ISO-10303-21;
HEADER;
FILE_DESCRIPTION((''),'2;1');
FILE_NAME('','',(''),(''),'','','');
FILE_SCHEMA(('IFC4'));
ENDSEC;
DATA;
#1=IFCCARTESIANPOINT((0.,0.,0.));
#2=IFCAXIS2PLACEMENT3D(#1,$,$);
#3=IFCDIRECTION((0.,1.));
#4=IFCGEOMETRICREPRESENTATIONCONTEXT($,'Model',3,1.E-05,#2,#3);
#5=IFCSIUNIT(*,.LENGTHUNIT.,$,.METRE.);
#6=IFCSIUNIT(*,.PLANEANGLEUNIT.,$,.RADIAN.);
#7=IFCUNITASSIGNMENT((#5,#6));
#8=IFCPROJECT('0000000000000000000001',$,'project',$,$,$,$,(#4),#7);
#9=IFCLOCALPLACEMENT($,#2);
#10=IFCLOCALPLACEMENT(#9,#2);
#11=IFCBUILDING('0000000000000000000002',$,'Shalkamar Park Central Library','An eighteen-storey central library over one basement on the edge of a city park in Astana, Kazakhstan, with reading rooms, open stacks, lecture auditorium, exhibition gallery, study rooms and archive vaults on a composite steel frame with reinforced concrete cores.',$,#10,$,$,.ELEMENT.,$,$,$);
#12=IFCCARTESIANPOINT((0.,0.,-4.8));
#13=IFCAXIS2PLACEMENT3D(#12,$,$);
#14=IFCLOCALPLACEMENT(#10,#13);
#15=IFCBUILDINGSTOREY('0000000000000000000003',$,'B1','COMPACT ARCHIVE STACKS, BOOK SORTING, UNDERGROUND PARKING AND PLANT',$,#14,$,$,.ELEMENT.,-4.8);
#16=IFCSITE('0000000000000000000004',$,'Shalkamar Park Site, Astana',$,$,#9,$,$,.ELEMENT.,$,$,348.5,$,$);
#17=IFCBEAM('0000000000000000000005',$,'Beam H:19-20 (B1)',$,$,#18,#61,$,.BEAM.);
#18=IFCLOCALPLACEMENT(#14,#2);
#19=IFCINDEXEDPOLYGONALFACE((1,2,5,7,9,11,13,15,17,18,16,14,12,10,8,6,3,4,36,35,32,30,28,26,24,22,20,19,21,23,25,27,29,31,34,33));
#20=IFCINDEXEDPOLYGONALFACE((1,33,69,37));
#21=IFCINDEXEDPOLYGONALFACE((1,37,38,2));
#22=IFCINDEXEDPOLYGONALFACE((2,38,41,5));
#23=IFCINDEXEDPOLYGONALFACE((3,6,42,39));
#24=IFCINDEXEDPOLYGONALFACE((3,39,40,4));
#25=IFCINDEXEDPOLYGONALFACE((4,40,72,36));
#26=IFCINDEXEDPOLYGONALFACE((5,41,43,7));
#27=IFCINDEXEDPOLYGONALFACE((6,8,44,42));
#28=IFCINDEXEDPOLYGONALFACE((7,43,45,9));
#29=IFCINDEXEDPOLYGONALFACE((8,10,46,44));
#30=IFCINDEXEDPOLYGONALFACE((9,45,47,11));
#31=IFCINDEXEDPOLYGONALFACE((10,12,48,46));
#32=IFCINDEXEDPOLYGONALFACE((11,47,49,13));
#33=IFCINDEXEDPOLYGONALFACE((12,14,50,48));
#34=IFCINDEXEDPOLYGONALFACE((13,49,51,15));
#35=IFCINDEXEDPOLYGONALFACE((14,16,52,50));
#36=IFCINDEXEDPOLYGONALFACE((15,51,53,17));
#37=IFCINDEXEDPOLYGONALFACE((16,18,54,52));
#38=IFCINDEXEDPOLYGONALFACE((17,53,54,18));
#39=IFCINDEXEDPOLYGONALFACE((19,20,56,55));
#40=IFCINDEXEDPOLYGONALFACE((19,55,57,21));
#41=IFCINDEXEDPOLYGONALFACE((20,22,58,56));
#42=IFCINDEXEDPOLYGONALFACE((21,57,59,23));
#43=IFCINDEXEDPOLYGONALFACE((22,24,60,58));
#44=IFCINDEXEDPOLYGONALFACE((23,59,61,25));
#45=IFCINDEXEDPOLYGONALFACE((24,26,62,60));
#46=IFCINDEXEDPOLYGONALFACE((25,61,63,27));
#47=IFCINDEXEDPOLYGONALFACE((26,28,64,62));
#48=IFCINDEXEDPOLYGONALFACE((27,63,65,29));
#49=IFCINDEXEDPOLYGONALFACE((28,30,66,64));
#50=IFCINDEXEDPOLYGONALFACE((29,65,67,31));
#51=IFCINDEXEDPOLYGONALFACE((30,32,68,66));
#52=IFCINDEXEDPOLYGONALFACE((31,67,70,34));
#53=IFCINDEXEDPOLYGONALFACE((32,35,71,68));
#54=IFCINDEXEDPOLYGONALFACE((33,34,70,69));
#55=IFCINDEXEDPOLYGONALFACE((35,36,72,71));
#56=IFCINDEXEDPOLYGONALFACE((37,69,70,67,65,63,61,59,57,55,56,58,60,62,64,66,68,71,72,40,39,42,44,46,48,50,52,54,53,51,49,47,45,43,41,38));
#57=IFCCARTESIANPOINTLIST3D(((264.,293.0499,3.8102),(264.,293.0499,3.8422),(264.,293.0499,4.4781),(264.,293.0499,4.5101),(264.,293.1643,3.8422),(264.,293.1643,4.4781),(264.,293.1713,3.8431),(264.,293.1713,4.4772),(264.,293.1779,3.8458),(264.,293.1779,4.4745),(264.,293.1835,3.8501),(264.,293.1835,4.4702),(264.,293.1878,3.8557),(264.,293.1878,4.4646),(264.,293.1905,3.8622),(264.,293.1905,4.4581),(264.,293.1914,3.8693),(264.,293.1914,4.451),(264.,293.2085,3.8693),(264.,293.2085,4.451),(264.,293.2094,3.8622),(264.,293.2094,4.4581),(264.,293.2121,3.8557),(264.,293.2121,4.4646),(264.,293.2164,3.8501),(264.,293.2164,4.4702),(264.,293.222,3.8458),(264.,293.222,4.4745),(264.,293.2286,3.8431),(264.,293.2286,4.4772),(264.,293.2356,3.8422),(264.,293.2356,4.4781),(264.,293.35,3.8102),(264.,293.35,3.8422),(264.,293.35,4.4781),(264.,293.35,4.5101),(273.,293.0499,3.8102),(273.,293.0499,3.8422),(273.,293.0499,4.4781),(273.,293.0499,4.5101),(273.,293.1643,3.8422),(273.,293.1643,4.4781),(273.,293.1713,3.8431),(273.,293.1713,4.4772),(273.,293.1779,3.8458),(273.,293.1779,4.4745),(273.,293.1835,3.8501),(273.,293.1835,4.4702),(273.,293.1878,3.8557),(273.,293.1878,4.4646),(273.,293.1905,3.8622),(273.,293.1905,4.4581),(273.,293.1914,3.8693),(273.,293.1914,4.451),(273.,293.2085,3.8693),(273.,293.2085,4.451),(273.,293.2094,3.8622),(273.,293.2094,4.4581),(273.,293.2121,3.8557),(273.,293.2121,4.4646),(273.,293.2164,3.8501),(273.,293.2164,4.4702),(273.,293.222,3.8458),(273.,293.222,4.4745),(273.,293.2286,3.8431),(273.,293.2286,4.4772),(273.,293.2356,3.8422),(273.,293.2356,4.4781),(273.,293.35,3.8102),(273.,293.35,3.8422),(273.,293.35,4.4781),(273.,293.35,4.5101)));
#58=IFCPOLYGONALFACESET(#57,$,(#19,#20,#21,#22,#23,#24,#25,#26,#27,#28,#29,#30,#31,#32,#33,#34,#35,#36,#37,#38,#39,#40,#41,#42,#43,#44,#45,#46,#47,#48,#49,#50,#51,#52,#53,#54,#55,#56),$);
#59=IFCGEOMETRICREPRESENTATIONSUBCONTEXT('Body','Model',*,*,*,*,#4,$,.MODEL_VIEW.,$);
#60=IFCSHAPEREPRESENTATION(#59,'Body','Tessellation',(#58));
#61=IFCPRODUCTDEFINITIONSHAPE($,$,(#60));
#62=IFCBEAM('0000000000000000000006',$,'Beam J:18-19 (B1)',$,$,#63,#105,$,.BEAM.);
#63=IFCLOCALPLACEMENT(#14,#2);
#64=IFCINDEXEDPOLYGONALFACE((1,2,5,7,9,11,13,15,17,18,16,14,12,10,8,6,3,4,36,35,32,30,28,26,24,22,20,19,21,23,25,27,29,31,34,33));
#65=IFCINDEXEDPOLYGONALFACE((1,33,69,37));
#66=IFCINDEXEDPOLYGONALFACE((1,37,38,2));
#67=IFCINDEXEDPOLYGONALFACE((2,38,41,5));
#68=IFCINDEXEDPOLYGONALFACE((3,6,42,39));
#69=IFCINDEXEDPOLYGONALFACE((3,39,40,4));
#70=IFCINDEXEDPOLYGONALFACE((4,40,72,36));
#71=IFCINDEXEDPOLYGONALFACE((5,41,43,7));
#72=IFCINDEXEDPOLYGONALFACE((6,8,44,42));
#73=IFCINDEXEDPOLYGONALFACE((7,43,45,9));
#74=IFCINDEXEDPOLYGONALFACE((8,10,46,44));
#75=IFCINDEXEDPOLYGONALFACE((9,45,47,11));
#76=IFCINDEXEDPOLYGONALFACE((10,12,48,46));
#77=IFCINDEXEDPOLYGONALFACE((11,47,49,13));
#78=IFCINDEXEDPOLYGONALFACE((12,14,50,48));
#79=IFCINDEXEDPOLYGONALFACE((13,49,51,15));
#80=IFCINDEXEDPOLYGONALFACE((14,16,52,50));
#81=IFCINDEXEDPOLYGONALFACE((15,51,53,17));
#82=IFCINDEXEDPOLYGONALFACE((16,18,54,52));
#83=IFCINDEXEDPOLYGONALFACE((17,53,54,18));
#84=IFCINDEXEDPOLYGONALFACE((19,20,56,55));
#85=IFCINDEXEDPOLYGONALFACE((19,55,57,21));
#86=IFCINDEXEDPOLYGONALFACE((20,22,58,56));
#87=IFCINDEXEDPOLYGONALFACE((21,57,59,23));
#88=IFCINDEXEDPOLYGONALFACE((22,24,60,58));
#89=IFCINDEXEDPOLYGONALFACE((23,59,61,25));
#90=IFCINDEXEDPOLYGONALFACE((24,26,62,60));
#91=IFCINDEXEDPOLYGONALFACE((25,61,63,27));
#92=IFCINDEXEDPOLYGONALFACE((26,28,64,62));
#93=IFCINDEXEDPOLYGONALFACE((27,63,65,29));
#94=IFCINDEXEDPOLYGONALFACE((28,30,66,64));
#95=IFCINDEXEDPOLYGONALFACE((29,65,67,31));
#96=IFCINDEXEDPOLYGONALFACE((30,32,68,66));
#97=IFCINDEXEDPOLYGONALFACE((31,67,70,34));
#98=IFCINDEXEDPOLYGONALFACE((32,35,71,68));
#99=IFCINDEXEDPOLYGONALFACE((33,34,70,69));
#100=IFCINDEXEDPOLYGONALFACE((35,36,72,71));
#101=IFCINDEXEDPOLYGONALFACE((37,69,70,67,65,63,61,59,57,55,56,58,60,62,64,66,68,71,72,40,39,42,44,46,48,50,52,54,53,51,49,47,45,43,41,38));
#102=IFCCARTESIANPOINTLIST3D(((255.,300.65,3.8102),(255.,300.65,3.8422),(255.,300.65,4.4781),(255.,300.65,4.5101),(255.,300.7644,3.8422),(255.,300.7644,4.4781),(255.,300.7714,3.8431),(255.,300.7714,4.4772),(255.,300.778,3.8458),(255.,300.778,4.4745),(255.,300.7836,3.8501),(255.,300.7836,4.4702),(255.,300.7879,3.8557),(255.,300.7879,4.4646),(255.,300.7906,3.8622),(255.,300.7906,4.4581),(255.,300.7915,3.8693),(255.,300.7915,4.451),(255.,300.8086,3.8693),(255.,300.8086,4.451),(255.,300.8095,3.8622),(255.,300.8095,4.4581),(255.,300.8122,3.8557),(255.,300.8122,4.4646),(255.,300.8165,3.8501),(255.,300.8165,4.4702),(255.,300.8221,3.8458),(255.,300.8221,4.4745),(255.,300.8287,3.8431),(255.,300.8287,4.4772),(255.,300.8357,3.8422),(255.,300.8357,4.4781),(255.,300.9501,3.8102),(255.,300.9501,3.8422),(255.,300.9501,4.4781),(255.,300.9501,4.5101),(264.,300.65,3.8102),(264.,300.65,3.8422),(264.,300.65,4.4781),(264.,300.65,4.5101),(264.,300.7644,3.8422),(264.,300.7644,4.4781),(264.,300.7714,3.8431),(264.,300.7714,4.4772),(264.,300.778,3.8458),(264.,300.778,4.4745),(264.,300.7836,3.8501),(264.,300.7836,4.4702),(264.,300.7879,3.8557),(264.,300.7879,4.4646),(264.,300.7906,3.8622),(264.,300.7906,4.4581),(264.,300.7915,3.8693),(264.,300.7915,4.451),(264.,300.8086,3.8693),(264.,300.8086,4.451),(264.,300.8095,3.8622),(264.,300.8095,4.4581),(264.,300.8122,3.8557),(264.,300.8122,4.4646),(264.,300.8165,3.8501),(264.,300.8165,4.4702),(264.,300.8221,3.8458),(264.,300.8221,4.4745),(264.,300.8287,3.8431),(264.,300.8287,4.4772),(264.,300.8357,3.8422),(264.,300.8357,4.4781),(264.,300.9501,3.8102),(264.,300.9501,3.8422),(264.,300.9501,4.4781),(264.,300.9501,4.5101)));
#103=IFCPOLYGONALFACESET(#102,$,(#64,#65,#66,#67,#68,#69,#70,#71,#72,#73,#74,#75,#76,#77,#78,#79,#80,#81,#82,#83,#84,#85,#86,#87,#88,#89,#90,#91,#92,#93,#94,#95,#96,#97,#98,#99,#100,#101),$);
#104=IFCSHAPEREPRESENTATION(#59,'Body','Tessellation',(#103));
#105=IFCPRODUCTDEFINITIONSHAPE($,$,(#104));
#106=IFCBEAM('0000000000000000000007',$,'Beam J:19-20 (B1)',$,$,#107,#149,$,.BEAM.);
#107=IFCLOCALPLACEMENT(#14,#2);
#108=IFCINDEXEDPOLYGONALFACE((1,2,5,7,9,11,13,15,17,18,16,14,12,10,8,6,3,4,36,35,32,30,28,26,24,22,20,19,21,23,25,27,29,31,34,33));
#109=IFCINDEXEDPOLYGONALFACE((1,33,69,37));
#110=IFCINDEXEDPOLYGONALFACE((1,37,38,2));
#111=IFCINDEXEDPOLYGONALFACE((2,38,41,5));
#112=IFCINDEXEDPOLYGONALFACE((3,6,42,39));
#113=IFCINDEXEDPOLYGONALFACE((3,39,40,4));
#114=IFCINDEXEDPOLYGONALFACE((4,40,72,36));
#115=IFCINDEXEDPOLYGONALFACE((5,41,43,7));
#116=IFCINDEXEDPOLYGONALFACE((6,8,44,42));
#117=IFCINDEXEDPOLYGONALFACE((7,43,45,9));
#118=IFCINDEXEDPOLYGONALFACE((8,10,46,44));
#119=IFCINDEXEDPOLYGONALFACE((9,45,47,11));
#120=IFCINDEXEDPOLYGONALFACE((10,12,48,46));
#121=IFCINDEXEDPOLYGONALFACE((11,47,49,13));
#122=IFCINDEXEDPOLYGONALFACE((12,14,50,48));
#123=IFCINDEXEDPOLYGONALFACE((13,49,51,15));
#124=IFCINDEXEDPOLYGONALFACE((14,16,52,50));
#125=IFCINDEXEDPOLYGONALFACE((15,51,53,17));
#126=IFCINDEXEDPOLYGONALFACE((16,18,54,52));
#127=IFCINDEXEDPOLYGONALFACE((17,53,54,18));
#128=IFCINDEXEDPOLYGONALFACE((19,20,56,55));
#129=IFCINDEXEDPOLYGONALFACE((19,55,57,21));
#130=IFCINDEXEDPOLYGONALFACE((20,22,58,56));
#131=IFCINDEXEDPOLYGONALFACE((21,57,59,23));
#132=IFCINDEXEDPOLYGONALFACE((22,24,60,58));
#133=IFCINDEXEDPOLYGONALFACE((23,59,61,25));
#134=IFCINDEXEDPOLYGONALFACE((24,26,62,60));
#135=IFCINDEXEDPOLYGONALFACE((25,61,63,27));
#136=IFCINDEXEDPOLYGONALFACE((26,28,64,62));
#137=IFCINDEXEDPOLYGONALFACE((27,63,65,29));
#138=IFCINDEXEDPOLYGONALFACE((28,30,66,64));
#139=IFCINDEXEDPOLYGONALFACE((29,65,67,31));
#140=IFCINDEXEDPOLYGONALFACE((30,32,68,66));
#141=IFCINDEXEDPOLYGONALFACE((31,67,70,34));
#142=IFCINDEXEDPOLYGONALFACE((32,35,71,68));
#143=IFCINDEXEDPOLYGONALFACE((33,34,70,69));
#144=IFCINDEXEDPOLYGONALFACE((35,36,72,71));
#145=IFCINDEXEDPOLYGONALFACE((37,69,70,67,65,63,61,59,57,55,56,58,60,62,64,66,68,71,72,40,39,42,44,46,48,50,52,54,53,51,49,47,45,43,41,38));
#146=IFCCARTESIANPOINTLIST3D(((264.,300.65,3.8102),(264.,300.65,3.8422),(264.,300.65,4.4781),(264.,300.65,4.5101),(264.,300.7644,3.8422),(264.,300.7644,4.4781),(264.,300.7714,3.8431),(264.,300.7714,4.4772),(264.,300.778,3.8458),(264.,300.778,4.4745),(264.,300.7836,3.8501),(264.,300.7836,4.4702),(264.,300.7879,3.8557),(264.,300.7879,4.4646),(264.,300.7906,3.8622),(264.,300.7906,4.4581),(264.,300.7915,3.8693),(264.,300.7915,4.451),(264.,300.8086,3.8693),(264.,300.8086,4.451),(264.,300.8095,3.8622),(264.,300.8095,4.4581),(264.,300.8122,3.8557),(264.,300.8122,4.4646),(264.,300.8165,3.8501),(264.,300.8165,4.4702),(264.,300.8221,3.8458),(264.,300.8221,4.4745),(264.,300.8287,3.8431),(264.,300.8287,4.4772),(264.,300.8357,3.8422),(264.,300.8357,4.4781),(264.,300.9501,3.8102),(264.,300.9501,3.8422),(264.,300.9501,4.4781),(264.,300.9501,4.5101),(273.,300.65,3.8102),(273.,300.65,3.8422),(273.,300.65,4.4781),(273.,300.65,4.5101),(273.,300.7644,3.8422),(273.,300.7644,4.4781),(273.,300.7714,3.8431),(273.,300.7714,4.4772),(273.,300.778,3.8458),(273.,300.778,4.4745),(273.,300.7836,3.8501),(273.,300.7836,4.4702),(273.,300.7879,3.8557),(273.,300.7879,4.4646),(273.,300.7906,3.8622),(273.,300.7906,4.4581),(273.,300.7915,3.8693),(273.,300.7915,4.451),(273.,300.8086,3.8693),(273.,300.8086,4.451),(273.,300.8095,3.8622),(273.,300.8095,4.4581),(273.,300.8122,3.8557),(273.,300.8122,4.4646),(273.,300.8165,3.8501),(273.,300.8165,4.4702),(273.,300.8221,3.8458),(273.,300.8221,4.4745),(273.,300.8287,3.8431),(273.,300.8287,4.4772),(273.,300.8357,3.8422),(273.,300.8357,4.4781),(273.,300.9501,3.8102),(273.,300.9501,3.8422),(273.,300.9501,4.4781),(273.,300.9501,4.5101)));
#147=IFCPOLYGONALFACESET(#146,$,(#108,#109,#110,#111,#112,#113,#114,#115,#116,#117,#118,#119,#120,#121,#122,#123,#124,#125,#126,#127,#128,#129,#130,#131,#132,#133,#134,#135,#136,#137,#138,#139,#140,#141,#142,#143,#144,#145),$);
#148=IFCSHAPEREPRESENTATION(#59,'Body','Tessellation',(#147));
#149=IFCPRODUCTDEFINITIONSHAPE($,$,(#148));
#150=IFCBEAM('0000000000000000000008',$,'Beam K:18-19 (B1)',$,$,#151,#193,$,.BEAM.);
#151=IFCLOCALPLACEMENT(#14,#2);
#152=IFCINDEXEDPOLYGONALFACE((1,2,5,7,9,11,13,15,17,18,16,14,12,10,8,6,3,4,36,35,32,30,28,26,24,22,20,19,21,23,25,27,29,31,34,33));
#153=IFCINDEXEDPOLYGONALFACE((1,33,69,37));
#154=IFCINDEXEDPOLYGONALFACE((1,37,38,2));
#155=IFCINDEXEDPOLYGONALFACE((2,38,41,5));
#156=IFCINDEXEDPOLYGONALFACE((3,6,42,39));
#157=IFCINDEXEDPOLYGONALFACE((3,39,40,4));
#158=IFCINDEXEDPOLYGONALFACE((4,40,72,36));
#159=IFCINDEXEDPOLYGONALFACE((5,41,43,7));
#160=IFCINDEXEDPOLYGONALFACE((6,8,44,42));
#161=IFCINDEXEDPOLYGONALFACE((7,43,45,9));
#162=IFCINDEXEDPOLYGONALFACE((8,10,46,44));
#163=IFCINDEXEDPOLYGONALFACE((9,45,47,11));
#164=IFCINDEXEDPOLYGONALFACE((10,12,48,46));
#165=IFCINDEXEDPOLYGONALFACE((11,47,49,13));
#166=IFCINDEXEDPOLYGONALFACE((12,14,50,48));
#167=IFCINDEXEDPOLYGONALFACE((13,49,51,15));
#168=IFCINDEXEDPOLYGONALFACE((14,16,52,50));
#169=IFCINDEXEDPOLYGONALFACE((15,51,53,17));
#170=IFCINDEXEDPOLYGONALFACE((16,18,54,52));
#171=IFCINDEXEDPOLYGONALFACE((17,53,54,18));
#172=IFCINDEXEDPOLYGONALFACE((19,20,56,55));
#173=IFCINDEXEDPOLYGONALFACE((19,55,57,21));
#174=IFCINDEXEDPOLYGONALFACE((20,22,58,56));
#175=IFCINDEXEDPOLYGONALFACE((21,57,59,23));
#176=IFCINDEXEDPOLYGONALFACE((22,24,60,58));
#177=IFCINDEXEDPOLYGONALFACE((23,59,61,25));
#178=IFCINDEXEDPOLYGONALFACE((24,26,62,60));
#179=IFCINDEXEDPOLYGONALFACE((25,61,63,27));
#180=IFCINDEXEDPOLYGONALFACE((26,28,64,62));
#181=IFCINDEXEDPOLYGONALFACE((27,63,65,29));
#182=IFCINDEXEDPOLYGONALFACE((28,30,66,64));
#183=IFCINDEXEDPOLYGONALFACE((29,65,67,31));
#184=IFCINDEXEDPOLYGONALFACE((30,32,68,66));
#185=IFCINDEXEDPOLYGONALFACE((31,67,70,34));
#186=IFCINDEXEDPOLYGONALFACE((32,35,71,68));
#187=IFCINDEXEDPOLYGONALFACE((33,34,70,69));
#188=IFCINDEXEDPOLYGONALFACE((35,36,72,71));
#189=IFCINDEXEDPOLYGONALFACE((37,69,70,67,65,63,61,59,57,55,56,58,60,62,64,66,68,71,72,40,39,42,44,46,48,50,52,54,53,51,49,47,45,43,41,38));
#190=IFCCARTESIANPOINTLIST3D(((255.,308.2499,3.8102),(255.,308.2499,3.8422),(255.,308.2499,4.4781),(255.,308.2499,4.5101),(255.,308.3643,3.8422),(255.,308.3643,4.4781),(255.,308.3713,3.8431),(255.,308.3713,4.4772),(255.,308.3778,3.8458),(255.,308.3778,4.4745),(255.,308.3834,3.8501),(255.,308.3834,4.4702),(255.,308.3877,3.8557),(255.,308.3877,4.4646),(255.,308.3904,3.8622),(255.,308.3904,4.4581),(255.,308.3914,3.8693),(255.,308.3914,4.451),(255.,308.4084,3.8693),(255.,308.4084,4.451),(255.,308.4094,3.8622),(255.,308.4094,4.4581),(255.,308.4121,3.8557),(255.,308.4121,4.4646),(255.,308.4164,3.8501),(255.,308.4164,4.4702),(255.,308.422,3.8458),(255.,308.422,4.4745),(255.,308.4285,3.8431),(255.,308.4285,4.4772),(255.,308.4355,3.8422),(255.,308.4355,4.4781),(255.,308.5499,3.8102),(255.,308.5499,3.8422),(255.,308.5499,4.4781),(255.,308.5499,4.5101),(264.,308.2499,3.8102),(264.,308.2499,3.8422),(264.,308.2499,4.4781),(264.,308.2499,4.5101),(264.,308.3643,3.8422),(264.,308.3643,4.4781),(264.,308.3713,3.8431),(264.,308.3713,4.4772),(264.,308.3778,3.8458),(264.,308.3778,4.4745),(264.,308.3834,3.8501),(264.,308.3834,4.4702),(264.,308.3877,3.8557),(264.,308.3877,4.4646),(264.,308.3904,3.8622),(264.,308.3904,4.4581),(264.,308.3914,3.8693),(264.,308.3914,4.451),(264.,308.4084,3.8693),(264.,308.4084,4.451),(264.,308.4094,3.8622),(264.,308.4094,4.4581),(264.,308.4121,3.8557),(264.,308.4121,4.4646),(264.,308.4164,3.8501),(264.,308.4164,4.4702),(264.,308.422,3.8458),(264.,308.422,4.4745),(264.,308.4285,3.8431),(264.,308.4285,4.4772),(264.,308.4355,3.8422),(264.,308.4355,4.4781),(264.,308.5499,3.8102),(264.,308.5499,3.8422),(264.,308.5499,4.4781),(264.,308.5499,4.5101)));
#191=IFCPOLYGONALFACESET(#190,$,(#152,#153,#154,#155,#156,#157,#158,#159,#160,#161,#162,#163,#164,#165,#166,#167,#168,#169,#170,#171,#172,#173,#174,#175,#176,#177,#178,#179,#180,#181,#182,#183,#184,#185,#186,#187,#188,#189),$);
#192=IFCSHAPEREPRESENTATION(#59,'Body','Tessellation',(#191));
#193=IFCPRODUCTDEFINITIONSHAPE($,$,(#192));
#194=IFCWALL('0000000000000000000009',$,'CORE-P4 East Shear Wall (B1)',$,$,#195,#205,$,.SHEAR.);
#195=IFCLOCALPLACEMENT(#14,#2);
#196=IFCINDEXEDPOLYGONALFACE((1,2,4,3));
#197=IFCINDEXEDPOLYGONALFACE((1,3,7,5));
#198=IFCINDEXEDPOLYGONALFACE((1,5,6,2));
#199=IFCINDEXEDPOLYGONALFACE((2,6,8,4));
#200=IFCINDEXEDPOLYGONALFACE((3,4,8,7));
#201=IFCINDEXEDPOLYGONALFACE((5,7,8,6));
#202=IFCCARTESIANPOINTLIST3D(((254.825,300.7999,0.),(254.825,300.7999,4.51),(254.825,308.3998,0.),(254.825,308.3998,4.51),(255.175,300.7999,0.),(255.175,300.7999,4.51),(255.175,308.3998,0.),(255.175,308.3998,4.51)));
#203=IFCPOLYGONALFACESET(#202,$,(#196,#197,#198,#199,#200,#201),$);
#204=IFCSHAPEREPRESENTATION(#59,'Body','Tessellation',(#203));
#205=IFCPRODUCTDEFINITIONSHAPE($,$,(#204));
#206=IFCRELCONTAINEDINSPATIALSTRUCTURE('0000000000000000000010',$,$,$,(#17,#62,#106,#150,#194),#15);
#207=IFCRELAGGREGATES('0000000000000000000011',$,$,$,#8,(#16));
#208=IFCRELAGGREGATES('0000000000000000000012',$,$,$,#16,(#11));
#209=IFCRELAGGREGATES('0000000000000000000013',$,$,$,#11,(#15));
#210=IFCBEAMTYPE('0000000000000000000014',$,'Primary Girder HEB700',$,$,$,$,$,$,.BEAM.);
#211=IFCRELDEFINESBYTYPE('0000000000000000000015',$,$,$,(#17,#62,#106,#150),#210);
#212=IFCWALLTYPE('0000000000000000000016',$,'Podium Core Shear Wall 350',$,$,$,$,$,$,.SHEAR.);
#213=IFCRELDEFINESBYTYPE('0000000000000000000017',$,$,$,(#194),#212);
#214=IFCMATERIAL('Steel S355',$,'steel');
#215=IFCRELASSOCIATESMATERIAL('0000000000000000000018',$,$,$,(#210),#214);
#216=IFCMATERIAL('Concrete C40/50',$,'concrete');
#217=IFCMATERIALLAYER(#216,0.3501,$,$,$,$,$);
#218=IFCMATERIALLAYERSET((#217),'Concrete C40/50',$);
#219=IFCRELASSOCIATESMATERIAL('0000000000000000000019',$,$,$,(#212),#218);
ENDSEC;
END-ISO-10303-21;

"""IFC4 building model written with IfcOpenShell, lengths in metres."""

from ifc_helpers import new_model, si_unit, direction, frame, frame_2d, origin, origin_2d, place, context, subcontext, project, spatial, rectangle, i_section, extrude, material, layer, layer_set, material_profile, profile_set, type_object, element, save


model = new_model("IFC4")

# Units and contexts
model_context = context("Model", 3, precision=1e-05, world=origin(), true_north=direction((0.0, 1.0)))
body_context = subcontext(model_context, "Body", "Model", "MODEL_VIEW")
ifc_project = project(units=[si_unit("LENGTHUNIT", "METRE"), si_unit("PLANEANGLEUNIT", "RADIAN")], contexts=[model_context])

# Site, building, storey
site_placement = place(None, origin())
site = spatial("IfcSite", under=ifc_project, at=site_placement, Name="Shalkamar Park Site, Astana", CompositionType="ELEMENT", RefElevation=348.5)
building_placement = place(site_placement, origin())
building = spatial("IfcBuilding", under=site, at=building_placement, Name="Shalkamar Park Central Library", Description="An eighteen-storey central library over one basement on the edge of a city park in Astana, Kazakhstan, with reading rooms, open stacks, lecture auditorium, exhibition gallery, study rooms and archive vaults on a composite steel frame with reinforced concrete cores.", CompositionType="ELEMENT")
storey_placement = place(building_placement, frame((0.0, 0.0, -4.8)))
storey = spatial("IfcBuildingStorey", under=building, at=storey_placement, Name="B1", Description="COMPACT ARCHIVE STACKS, BOOK SORTING, UNDERGROUND PARKING AND PLANT", CompositionType="ELEMENT", Elevation=-4.8)

# Shared definitions
ifc_material_1 = material(Name="Steel S355", Category="steel")

# Beams
ifc_material_profile_1 = material_profile(ifc_material_1, i_section(OverallWidth=0.3, OverallDepth=0.7, WebThickness=0.0171, FlangeThickness=0.032, FilletRadius=0.0271, at=origin_2d()), Name="HEB 700")
ifc_profile_set_1 = profile_set([ifc_material_profile_1], Name="Steel S355")
beam_type_1 = type_object("IfcBeamType", Name="Primary Girder HEB700", PredefinedType="BEAM", material=ifc_profile_set_1)
for number, where, z_axis, x_axis, name in (
    (1, (264.0, 293.2, 4.1602), (1.0, 0.0, 0.0), (0.0, 1.0, 0.0), "Beam H:19-20 (B1)"),
    (2, (255.0, 300.8, 4.1602), (1.0, 0.0, 0.0), (0.0, 1.0, 0.0), "Beam J:18-19 (B1)"),
    (3, (264.0, 300.8, 4.1602), (1.0, 0.0, 0.0), (0.0, 1.0, 0.0), "Beam J:19-20 (B1)"),
    (4, (255.0, 308.3999, 4.1602), (1.0, 0.0, 0.0), (0.0, 1.0, 0.0), "Beam K:18-19 (B1)"),
):
    element("IfcBeam", number, at=place(storey_placement, frame(where, z_axis=z_axis, x_axis=x_axis)), inside=storey, type_object=beam_type_1, Name=name, PredefinedType="BEAM", context=body_context, shape_type="SweptSolid", body=[
        extrude(i_section(OverallWidth=0.3, OverallDepth=0.7, WebThickness=0.0171, FlangeThickness=0.032, FilletRadius=0.0271, at=origin_2d()), origin(), (0.0, 0.0, 1.0), 9.0),
    ])

# Wall
ifc_material_2 = material(Name="Concrete C40/50", Category="concrete")
ifc_layer = layer(ifc_material_2, 0.3501)
ifc_layer_set = layer_set([ifc_layer], Name="Concrete C40/50")
wall_type = type_object("IfcWallType", Name="Podium Core Shear Wall 350", PredefinedType="SHEAR", material=ifc_layer_set)
wall_placement = place(storey_placement, frame((255.0, 300.8, 0.0), z_axis=(0.0, 0.0, 1.0), x_axis=(0.0, 1.0, 0.0)))
element("IfcWall", 5, at=wall_placement, inside=storey, type_object=wall_type, Name="CORE-P4 East Shear Wall (B1)", PredefinedType="SHEAR", context=body_context, shape_type="SweptSolid", body=[
    extrude(rectangle(XDim=7.5999, YDim=0.3501, at=frame_2d((3.7998, 0.0))), origin(), (0.0, 0.0, 1.0), 4.51),
])

save(model, "model.ifc")
